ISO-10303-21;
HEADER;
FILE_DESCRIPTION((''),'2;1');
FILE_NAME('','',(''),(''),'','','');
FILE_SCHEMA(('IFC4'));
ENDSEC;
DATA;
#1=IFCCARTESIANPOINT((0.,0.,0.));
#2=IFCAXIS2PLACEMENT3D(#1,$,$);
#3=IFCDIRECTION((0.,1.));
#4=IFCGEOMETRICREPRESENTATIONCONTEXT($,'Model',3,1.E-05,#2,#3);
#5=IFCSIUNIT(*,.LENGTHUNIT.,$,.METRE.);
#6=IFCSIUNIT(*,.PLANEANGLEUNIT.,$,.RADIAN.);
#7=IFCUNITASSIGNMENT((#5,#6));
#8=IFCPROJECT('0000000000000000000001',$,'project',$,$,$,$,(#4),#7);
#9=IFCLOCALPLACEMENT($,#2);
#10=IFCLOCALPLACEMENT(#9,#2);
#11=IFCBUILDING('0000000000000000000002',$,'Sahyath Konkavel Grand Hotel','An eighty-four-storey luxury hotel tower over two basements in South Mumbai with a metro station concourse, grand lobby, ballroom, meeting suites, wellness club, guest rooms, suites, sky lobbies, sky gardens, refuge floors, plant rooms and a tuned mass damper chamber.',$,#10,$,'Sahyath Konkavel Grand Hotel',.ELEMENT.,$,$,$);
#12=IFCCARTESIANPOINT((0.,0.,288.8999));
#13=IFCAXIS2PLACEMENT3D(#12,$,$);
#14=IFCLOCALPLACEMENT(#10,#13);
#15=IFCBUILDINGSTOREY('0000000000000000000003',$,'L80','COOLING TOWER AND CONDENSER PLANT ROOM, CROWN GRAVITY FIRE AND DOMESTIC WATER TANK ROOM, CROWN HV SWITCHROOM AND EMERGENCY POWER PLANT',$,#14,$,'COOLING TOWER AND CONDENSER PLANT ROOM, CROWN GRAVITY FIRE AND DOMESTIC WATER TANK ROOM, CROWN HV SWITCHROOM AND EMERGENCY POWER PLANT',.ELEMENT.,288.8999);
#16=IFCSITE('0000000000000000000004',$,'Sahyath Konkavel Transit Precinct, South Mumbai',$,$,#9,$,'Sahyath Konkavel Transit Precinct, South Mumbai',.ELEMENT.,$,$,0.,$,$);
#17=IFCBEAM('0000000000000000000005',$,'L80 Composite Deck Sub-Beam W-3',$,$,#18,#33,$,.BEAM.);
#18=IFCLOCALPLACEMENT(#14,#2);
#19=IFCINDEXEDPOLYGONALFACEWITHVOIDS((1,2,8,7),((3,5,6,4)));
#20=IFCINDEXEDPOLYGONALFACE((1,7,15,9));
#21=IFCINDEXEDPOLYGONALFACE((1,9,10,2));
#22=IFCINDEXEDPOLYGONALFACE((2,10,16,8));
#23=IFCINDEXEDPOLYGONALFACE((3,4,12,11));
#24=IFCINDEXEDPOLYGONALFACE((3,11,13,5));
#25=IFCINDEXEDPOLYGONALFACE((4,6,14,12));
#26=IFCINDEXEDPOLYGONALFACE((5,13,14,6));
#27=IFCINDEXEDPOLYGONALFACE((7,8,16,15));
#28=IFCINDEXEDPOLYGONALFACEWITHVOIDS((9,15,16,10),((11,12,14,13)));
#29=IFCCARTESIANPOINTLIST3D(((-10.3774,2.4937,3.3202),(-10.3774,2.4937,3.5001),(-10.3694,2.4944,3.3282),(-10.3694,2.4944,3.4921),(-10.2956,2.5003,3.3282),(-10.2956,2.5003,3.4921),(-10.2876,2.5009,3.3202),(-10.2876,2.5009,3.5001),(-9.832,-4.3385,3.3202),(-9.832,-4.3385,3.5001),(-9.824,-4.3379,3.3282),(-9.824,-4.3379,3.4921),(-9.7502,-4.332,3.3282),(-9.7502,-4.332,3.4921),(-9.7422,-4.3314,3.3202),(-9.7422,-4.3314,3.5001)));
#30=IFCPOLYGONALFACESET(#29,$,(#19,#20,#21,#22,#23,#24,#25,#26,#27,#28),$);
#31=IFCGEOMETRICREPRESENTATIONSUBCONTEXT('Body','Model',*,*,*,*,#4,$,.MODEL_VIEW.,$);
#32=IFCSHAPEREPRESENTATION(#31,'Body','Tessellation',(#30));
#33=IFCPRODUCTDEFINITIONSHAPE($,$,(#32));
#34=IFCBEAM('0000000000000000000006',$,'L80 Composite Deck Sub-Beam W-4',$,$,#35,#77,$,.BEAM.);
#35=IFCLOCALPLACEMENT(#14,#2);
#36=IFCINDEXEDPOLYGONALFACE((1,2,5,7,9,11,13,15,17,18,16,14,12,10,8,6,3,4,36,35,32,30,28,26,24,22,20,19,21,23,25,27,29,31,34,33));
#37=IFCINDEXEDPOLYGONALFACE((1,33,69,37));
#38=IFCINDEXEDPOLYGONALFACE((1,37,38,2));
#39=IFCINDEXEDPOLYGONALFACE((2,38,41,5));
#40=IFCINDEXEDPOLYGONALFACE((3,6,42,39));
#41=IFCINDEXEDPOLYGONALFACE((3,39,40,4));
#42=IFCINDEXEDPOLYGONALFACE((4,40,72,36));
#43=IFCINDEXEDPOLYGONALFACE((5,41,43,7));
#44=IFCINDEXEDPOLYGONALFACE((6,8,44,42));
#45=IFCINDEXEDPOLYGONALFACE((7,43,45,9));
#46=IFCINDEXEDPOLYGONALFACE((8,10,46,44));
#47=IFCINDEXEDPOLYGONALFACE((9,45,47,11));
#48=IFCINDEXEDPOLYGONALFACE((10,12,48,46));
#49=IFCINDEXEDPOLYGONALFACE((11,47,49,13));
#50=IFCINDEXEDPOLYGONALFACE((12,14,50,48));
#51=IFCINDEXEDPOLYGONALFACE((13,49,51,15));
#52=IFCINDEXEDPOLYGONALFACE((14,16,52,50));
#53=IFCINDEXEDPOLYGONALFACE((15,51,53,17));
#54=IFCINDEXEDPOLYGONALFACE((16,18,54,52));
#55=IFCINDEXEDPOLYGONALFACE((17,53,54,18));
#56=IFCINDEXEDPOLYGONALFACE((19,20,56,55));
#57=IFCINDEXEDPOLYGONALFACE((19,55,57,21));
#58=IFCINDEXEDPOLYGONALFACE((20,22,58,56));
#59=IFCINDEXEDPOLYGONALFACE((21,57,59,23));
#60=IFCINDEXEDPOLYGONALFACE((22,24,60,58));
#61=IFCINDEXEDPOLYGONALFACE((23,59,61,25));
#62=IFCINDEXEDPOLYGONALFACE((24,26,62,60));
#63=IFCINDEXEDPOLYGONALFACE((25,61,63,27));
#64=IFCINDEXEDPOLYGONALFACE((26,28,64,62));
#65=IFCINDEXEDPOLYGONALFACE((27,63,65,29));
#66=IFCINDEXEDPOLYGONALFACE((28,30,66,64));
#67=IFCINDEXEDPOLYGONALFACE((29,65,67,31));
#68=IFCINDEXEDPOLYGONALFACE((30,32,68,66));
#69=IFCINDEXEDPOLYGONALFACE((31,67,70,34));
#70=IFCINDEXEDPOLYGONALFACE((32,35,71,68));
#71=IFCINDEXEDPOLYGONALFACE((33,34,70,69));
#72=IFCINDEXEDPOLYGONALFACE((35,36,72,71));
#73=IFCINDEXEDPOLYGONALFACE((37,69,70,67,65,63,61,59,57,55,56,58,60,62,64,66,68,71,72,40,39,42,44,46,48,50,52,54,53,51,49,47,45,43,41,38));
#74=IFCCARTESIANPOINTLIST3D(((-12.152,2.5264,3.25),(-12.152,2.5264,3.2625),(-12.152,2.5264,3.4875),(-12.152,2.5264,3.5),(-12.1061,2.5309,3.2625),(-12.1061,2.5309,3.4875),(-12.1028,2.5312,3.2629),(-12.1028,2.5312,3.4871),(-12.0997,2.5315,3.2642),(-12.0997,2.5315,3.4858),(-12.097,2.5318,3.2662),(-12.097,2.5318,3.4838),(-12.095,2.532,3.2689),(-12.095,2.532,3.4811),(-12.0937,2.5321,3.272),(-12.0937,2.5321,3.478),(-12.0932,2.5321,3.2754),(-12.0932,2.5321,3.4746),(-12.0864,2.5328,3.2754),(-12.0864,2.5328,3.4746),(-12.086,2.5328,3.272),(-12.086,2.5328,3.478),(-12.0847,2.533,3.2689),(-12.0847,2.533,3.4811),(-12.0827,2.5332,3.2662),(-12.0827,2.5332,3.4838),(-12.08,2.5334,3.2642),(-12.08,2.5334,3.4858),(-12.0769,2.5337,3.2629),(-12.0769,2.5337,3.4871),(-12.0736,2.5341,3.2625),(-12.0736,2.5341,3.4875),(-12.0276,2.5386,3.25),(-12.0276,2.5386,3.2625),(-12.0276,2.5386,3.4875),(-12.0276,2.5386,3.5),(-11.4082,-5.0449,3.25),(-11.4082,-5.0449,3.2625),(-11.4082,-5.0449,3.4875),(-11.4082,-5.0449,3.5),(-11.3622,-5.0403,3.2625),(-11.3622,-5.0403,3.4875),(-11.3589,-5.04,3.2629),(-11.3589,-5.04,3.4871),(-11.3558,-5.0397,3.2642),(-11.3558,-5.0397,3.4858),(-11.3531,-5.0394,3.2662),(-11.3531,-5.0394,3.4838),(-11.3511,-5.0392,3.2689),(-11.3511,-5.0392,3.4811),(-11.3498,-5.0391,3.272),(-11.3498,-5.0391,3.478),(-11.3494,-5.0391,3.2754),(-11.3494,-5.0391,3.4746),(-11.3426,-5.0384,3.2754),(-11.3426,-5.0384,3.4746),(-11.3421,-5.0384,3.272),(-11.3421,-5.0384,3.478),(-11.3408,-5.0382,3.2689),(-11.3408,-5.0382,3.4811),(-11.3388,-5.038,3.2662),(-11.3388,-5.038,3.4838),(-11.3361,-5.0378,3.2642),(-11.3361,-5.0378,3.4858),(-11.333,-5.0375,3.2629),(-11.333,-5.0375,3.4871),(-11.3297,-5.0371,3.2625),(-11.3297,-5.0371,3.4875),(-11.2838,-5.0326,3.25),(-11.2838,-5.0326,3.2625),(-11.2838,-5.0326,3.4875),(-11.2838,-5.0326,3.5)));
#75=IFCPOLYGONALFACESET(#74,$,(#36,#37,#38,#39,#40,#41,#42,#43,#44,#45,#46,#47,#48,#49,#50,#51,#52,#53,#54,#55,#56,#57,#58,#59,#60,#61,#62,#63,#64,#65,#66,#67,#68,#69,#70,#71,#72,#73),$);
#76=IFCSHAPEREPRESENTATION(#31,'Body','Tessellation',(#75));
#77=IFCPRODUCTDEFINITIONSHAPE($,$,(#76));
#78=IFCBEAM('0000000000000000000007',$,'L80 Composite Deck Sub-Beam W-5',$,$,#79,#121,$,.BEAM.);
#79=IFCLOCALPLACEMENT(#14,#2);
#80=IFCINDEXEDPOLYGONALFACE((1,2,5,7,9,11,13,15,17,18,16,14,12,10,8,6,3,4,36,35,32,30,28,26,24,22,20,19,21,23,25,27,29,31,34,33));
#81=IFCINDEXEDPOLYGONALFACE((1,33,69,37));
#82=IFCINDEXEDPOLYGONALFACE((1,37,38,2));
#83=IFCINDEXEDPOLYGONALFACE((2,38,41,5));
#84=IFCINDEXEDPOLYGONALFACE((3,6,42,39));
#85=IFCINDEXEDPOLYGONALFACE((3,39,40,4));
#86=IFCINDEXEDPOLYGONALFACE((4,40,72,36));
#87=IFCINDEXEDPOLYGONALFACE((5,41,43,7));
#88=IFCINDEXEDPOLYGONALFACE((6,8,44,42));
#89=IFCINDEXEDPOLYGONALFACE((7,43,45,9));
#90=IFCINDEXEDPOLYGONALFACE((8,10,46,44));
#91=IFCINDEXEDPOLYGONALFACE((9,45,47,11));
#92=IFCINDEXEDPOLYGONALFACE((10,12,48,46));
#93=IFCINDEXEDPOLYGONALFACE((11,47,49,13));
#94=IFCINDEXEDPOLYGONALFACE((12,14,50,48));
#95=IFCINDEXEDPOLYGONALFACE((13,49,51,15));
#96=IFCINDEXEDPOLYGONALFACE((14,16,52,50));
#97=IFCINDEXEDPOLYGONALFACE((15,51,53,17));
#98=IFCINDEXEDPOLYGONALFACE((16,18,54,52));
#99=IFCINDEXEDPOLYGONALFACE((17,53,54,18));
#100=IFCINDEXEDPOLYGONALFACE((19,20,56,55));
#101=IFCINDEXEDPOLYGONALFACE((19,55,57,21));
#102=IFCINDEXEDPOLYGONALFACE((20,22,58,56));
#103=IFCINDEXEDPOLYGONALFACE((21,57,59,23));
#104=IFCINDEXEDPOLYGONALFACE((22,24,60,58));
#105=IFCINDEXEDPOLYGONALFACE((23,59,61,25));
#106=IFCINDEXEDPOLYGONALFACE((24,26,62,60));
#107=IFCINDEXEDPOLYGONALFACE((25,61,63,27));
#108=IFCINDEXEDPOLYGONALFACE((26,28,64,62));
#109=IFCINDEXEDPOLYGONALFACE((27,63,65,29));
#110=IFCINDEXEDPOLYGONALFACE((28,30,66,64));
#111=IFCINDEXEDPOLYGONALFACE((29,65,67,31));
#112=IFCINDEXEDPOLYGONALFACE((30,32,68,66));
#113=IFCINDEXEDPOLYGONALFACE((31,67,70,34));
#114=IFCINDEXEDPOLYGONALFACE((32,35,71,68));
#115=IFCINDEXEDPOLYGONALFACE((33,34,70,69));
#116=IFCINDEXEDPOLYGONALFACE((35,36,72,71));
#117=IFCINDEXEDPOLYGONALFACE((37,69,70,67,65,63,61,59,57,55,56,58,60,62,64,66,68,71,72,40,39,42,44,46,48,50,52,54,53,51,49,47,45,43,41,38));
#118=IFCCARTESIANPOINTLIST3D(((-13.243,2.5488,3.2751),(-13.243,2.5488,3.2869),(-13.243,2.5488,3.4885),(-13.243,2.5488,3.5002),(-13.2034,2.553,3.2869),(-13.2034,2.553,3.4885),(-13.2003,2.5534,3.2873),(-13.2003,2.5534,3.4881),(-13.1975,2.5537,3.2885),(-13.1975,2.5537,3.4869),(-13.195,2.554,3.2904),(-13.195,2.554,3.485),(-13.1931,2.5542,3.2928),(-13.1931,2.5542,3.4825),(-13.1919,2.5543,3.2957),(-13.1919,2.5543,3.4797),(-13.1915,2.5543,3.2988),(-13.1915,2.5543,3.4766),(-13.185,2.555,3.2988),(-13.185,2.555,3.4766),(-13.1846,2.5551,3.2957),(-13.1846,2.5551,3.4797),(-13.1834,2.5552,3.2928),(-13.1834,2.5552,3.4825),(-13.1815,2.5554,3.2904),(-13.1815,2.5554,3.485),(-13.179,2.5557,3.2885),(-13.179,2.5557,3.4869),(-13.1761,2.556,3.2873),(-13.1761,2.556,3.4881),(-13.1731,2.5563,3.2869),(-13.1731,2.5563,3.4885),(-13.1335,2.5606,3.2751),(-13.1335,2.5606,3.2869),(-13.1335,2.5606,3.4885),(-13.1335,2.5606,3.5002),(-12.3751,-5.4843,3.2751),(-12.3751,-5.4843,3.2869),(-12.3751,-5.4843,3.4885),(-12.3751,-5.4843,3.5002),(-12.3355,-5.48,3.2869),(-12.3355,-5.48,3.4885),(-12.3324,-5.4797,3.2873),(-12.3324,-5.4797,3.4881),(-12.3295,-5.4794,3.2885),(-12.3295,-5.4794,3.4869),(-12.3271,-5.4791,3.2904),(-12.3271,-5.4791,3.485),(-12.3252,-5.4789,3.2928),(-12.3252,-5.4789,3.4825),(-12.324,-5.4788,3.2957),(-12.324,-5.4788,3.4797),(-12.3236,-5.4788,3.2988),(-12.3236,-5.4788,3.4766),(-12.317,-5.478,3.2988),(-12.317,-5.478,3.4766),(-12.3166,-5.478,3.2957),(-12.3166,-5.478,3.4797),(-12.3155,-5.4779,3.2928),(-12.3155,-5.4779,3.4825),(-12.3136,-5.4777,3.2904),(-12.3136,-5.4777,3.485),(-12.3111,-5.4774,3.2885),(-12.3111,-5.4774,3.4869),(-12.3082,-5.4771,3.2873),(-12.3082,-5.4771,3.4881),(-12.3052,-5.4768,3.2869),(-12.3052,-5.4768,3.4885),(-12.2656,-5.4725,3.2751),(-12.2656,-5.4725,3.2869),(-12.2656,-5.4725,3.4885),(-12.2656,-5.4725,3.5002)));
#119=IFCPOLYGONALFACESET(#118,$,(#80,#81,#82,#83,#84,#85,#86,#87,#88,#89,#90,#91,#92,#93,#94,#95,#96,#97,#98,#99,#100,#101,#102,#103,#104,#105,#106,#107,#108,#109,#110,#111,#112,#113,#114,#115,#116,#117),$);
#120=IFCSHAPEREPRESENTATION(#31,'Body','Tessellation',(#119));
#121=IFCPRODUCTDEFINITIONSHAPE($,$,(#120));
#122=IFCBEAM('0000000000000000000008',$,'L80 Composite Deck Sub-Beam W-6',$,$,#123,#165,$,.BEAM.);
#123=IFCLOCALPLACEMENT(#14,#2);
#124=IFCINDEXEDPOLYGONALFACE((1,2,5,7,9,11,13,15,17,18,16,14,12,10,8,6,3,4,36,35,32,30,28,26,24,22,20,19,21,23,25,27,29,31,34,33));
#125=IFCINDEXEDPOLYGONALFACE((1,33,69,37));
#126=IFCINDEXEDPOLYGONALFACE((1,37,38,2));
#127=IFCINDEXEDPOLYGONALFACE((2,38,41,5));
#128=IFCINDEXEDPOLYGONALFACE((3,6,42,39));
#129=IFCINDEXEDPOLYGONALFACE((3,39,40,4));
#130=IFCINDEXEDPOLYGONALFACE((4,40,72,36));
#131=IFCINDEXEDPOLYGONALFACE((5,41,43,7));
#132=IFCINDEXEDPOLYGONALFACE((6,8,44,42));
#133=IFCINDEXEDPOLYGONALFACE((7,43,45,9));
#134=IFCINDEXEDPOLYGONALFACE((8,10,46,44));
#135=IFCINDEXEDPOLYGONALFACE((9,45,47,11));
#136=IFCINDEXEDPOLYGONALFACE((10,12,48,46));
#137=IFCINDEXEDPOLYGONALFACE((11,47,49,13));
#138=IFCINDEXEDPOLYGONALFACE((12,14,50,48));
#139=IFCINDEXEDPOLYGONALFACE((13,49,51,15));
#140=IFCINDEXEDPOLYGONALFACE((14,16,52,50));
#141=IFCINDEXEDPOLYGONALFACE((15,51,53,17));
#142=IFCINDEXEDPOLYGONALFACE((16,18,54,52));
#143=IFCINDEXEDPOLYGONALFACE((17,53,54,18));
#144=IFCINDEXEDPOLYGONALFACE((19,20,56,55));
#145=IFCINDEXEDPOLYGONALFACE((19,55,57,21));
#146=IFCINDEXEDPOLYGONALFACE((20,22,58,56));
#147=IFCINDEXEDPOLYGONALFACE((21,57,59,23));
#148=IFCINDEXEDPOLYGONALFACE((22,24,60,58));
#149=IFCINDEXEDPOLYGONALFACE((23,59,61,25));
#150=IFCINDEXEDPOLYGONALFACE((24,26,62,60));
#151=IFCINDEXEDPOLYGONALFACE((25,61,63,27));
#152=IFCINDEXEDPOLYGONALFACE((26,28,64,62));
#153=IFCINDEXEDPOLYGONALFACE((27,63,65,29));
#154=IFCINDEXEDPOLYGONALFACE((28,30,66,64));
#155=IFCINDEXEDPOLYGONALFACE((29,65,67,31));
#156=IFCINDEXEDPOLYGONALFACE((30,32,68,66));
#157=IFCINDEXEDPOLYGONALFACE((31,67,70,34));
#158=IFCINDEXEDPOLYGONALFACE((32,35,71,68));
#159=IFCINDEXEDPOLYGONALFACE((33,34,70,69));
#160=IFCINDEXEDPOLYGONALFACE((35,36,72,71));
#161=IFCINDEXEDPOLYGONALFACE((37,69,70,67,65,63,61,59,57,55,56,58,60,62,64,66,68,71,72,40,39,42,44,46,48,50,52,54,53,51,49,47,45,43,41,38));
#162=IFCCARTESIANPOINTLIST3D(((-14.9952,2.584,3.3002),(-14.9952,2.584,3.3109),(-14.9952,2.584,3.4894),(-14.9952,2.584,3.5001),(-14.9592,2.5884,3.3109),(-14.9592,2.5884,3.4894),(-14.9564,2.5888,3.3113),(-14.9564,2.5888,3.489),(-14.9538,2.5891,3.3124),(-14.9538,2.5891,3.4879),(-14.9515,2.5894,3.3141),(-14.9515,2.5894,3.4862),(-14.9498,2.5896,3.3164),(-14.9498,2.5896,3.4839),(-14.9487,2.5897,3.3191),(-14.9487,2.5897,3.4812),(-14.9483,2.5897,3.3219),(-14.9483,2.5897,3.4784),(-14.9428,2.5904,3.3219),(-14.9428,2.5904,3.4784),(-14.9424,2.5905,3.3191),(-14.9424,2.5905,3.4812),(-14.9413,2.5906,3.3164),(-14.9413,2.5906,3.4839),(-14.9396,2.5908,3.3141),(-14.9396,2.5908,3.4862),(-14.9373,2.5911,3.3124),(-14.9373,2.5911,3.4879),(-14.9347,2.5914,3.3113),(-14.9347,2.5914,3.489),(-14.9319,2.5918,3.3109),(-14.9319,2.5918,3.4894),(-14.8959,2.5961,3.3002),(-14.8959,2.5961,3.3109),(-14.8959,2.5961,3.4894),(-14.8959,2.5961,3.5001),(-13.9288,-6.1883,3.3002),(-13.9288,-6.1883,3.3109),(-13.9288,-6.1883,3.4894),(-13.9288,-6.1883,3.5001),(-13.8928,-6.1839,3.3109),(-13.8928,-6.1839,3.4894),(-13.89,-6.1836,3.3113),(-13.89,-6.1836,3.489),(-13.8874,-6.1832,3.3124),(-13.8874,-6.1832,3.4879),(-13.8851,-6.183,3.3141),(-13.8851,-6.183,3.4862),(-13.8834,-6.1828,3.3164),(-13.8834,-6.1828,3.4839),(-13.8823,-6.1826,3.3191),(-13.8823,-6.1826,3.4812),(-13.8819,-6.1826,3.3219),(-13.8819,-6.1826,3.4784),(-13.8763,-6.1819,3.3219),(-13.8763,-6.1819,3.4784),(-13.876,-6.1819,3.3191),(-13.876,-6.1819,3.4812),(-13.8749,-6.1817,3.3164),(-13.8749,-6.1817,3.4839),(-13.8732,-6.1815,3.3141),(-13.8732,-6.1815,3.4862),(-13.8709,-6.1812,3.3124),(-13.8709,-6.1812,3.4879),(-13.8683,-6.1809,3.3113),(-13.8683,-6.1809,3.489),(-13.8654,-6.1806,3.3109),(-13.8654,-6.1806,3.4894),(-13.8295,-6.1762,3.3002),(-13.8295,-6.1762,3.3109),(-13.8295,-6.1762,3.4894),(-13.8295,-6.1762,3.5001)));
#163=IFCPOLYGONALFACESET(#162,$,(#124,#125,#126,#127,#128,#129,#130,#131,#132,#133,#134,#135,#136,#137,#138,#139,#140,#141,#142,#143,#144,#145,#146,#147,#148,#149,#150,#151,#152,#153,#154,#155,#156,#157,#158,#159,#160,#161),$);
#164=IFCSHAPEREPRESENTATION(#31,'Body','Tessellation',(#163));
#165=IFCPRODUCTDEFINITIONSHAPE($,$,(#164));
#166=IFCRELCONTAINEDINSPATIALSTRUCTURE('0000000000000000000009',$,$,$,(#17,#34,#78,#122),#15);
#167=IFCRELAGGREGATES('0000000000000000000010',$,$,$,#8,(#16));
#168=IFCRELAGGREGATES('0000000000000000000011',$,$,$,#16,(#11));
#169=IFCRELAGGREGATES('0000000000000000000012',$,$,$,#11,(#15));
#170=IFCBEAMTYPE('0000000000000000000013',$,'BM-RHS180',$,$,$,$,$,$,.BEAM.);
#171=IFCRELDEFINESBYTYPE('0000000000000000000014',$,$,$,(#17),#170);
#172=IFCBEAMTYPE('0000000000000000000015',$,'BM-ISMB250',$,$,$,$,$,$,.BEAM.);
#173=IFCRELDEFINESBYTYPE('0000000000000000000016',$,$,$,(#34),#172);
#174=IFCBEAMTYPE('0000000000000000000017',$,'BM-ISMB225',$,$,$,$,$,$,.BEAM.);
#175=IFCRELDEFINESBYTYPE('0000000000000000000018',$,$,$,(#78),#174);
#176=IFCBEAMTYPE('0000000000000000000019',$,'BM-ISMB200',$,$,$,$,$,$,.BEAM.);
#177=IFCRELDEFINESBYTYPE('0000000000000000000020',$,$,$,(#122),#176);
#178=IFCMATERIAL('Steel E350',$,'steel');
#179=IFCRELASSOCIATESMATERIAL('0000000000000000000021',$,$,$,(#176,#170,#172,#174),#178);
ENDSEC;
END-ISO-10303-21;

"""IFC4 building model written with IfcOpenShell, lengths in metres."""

from ifc_helpers import new_model, si_unit, direction, frame, origin, origin_2d, place, context, subcontext, project, spatial, hollow_rectangle, i_section, extrude, source, transform, mapped, material, material_profile, profile_set, type_object, element, save


model = new_model("IFC4")

# Units and contexts
model_context = context("Model", 3, precision=1e-05, world=origin(), true_north=direction((0.0, 1.0)))
body_context = subcontext(model_context, "Body", "Model", "MODEL_VIEW")
ifc_project = project(units=[si_unit("LENGTHUNIT", "METRE"), si_unit("PLANEANGLEUNIT", "RADIAN")], contexts=[model_context])

# Site, building, storey
site_placement = place(None, origin())
site = spatial("IfcSite", under=ifc_project, at=site_placement, Name="Sahyath Konkavel Transit Precinct, South Mumbai", LongName="Sahyath Konkavel Transit Precinct, South Mumbai", CompositionType="ELEMENT", RefElevation=0.0)
building_placement = place(site_placement, origin())
building = spatial("IfcBuilding", under=site, at=building_placement, Name="Sahyath Konkavel Grand Hotel", Description="An eighty-four-storey luxury hotel tower over two basements in South Mumbai with a metro station concourse, grand lobby, ballroom, meeting suites, wellness club, guest rooms, suites, sky lobbies, sky gardens, refuge floors, plant rooms and a tuned mass damper chamber.", LongName="Sahyath Konkavel Grand Hotel", CompositionType="ELEMENT")
storey_placement = place(building_placement, frame((0.0, 0.0, 288.8999)))
storey = spatial("IfcBuildingStorey", under=building, at=storey_placement, Name="L80", Description="COOLING TOWER AND CONDENSER PLANT ROOM, CROWN GRAVITY FIRE AND DOMESTIC WATER TANK ROOM, CROWN HV SWITCHROOM AND EMERGENCY POWER PLANT", LongName="COOLING TOWER AND CONDENSER PLANT ROOM, CROWN GRAVITY FIRE AND DOMESTIC WATER TANK ROOM, CROWN HV SWITCHROOM AND EMERGENCY POWER PLANT", CompositionType="ELEMENT", Elevation=288.8999)

# Beams
ifc_material_1 = material(Name="Steel E350", Category="steel")
ifc_material_profile_1 = material_profile(ifc_material_1, i_section(OverallWidth=0.1001, OverallDepth=0.2, WebThickness=0.0056, FlangeThickness=0.0107, FilletRadius=0.011, at=origin_2d()), Name="ISMB 200")
ifc_profile_set_1 = profile_set([ifc_material_profile_1], Name="Steel E350")
beam_type_1 = type_object("IfcBeamType", Name="BM-ISMB200", PredefinedType="BEAM", material=ifc_profile_set_1)
ifc_material_profile_2 = material_profile(ifc_material_1, hollow_rectangle(XDim=0.0901, YDim=0.1799, WallThickness=0.0081, at=origin_2d()), Name="RHS 180x90x8")
ifc_profile_set_2 = profile_set([ifc_material_profile_2], Name="Steel E350")
beam_type_2 = type_object("IfcBeamType", Name="BM-RHS180", PredefinedType="BEAM", material=ifc_profile_set_2)
shared_shape_1 = source(origin(), body_context, "Body", "SweptSolid", [
    extrude(hollow_rectangle(XDim=0.0901, YDim=0.1799, WallThickness=0.0081, at=origin_2d()), origin(), (0.0, 0.0, 1.0), 6.854),
])
beam_1_placement = place(storey_placement, frame((-10.3325, 2.4973, 3.4102), z_axis=(0.079575, -0.996829, 0.0), x_axis=(0.996829, 0.079575, 0.0)))
element("IfcBeam", 1, at=beam_1_placement, inside=storey, type_object=beam_type_2, Name="L80 Composite Deck Sub-Beam W-3", PredefinedType="BEAM", context=body_context, shape_type="MappedRepresentation", body=[
    mapped(shared_shape_1, transform((0.0, 0.0, 0.0), scale=1.0)),
])
ifc_material_profile_3 = material_profile(ifc_material_1, i_section(OverallWidth=0.125, OverallDepth=0.25, WebThickness=0.0068, FlangeThickness=0.0125, FilletRadius=0.0129, at=origin_2d()), Name="ISMB 250")
ifc_profile_set_3 = profile_set([ifc_material_profile_3], Name="Steel E350")
beam_type_3 = type_object("IfcBeamType", Name="BM-ISMB250", PredefinedType="BEAM", material=ifc_profile_set_3)
shared_shape_2 = source(origin(), body_context, "Body", "SweptSolid", [
    extrude(i_section(OverallWidth=0.125, OverallDepth=0.25, WebThickness=0.0068, FlangeThickness=0.0125, FilletRadius=0.0129, at=origin_2d()), origin(), (0.0, 0.0, 1.0), 7.6077),
])
beam_2_placement = place(storey_placement, frame((-12.0898, 2.5325, 3.375), z_axis=(0.097781, -0.995208, 0.0), x_axis=(0.995208, 0.097781, 0.0)))
element("IfcBeam", 2, at=beam_2_placement, inside=storey, type_object=beam_type_3, Name="L80 Composite Deck Sub-Beam W-4", PredefinedType="BEAM", context=body_context, shape_type="MappedRepresentation", body=[
    mapped(shared_shape_2, transform((0.0, 0.0, 0.0), scale=1.0)),
])
ifc_material_profile_4 = material_profile(ifc_material_1, i_section(OverallWidth=0.1101, OverallDepth=0.2251, WebThickness=0.0066, FlangeThickness=0.0117, FilletRadius=0.012, at=origin_2d()), Name="ISMB 225")
ifc_profile_set_4 = profile_set([ifc_material_profile_4], Name="Steel E350")
beam_type_4 = type_object("IfcBeamType", Name="BM-ISMB225", PredefinedType="BEAM", material=ifc_profile_set_4)
shared_shape_3 = source(origin(), body_context, "Body", "SweptSolid", [
    extrude(i_section(OverallWidth=0.1101, OverallDepth=0.2251, WebThickness=0.0066, FlangeThickness=0.0117, FilletRadius=0.012, at=origin_2d()), origin(), (0.0, 0.0, 1.0), 8.0798),
])
beam_3_placement = place(storey_placement, frame((-13.1882, 2.5547, 3.3877), z_axis=(0.107416, -0.994214, 0.0), x_axis=(0.994214, 0.107416, 0.0)))
element("IfcBeam", 3, at=beam_3_placement, inside=storey, type_object=beam_type_4, Name="L80 Composite Deck Sub-Beam W-5", PredefinedType="BEAM", context=body_context, shape_type="MappedRepresentation", body=[
    mapped(shared_shape_3, transform((0.0, 0.0, 0.0), scale=1.0)),
])
shared_shape_4 = source(origin(), body_context, "Body", "SweptSolid", [
    extrude(i_section(OverallWidth=0.1001, OverallDepth=0.2, WebThickness=0.0056, FlangeThickness=0.0107, FilletRadius=0.011, at=origin_2d()), origin(), (0.0, 0.0, 1.0), 8.8369),
])
beam_4_placement = place(storey_placement, frame((-14.9456, 2.5901, 3.4001), z_axis=(0.120678, -0.992692, 0.0), x_axis=(0.992692, 0.120678, 0.0)))
element("IfcBeam", 4, at=beam_4_placement, inside=storey, type_object=beam_type_1, Name="L80 Composite Deck Sub-Beam W-6", PredefinedType="BEAM", context=body_context, shape_type="MappedRepresentation", body=[
    mapped(shared_shape_4, transform((0.0, 0.0, 0.0), scale=1.0)),
])

save(model, "model.ifc")
